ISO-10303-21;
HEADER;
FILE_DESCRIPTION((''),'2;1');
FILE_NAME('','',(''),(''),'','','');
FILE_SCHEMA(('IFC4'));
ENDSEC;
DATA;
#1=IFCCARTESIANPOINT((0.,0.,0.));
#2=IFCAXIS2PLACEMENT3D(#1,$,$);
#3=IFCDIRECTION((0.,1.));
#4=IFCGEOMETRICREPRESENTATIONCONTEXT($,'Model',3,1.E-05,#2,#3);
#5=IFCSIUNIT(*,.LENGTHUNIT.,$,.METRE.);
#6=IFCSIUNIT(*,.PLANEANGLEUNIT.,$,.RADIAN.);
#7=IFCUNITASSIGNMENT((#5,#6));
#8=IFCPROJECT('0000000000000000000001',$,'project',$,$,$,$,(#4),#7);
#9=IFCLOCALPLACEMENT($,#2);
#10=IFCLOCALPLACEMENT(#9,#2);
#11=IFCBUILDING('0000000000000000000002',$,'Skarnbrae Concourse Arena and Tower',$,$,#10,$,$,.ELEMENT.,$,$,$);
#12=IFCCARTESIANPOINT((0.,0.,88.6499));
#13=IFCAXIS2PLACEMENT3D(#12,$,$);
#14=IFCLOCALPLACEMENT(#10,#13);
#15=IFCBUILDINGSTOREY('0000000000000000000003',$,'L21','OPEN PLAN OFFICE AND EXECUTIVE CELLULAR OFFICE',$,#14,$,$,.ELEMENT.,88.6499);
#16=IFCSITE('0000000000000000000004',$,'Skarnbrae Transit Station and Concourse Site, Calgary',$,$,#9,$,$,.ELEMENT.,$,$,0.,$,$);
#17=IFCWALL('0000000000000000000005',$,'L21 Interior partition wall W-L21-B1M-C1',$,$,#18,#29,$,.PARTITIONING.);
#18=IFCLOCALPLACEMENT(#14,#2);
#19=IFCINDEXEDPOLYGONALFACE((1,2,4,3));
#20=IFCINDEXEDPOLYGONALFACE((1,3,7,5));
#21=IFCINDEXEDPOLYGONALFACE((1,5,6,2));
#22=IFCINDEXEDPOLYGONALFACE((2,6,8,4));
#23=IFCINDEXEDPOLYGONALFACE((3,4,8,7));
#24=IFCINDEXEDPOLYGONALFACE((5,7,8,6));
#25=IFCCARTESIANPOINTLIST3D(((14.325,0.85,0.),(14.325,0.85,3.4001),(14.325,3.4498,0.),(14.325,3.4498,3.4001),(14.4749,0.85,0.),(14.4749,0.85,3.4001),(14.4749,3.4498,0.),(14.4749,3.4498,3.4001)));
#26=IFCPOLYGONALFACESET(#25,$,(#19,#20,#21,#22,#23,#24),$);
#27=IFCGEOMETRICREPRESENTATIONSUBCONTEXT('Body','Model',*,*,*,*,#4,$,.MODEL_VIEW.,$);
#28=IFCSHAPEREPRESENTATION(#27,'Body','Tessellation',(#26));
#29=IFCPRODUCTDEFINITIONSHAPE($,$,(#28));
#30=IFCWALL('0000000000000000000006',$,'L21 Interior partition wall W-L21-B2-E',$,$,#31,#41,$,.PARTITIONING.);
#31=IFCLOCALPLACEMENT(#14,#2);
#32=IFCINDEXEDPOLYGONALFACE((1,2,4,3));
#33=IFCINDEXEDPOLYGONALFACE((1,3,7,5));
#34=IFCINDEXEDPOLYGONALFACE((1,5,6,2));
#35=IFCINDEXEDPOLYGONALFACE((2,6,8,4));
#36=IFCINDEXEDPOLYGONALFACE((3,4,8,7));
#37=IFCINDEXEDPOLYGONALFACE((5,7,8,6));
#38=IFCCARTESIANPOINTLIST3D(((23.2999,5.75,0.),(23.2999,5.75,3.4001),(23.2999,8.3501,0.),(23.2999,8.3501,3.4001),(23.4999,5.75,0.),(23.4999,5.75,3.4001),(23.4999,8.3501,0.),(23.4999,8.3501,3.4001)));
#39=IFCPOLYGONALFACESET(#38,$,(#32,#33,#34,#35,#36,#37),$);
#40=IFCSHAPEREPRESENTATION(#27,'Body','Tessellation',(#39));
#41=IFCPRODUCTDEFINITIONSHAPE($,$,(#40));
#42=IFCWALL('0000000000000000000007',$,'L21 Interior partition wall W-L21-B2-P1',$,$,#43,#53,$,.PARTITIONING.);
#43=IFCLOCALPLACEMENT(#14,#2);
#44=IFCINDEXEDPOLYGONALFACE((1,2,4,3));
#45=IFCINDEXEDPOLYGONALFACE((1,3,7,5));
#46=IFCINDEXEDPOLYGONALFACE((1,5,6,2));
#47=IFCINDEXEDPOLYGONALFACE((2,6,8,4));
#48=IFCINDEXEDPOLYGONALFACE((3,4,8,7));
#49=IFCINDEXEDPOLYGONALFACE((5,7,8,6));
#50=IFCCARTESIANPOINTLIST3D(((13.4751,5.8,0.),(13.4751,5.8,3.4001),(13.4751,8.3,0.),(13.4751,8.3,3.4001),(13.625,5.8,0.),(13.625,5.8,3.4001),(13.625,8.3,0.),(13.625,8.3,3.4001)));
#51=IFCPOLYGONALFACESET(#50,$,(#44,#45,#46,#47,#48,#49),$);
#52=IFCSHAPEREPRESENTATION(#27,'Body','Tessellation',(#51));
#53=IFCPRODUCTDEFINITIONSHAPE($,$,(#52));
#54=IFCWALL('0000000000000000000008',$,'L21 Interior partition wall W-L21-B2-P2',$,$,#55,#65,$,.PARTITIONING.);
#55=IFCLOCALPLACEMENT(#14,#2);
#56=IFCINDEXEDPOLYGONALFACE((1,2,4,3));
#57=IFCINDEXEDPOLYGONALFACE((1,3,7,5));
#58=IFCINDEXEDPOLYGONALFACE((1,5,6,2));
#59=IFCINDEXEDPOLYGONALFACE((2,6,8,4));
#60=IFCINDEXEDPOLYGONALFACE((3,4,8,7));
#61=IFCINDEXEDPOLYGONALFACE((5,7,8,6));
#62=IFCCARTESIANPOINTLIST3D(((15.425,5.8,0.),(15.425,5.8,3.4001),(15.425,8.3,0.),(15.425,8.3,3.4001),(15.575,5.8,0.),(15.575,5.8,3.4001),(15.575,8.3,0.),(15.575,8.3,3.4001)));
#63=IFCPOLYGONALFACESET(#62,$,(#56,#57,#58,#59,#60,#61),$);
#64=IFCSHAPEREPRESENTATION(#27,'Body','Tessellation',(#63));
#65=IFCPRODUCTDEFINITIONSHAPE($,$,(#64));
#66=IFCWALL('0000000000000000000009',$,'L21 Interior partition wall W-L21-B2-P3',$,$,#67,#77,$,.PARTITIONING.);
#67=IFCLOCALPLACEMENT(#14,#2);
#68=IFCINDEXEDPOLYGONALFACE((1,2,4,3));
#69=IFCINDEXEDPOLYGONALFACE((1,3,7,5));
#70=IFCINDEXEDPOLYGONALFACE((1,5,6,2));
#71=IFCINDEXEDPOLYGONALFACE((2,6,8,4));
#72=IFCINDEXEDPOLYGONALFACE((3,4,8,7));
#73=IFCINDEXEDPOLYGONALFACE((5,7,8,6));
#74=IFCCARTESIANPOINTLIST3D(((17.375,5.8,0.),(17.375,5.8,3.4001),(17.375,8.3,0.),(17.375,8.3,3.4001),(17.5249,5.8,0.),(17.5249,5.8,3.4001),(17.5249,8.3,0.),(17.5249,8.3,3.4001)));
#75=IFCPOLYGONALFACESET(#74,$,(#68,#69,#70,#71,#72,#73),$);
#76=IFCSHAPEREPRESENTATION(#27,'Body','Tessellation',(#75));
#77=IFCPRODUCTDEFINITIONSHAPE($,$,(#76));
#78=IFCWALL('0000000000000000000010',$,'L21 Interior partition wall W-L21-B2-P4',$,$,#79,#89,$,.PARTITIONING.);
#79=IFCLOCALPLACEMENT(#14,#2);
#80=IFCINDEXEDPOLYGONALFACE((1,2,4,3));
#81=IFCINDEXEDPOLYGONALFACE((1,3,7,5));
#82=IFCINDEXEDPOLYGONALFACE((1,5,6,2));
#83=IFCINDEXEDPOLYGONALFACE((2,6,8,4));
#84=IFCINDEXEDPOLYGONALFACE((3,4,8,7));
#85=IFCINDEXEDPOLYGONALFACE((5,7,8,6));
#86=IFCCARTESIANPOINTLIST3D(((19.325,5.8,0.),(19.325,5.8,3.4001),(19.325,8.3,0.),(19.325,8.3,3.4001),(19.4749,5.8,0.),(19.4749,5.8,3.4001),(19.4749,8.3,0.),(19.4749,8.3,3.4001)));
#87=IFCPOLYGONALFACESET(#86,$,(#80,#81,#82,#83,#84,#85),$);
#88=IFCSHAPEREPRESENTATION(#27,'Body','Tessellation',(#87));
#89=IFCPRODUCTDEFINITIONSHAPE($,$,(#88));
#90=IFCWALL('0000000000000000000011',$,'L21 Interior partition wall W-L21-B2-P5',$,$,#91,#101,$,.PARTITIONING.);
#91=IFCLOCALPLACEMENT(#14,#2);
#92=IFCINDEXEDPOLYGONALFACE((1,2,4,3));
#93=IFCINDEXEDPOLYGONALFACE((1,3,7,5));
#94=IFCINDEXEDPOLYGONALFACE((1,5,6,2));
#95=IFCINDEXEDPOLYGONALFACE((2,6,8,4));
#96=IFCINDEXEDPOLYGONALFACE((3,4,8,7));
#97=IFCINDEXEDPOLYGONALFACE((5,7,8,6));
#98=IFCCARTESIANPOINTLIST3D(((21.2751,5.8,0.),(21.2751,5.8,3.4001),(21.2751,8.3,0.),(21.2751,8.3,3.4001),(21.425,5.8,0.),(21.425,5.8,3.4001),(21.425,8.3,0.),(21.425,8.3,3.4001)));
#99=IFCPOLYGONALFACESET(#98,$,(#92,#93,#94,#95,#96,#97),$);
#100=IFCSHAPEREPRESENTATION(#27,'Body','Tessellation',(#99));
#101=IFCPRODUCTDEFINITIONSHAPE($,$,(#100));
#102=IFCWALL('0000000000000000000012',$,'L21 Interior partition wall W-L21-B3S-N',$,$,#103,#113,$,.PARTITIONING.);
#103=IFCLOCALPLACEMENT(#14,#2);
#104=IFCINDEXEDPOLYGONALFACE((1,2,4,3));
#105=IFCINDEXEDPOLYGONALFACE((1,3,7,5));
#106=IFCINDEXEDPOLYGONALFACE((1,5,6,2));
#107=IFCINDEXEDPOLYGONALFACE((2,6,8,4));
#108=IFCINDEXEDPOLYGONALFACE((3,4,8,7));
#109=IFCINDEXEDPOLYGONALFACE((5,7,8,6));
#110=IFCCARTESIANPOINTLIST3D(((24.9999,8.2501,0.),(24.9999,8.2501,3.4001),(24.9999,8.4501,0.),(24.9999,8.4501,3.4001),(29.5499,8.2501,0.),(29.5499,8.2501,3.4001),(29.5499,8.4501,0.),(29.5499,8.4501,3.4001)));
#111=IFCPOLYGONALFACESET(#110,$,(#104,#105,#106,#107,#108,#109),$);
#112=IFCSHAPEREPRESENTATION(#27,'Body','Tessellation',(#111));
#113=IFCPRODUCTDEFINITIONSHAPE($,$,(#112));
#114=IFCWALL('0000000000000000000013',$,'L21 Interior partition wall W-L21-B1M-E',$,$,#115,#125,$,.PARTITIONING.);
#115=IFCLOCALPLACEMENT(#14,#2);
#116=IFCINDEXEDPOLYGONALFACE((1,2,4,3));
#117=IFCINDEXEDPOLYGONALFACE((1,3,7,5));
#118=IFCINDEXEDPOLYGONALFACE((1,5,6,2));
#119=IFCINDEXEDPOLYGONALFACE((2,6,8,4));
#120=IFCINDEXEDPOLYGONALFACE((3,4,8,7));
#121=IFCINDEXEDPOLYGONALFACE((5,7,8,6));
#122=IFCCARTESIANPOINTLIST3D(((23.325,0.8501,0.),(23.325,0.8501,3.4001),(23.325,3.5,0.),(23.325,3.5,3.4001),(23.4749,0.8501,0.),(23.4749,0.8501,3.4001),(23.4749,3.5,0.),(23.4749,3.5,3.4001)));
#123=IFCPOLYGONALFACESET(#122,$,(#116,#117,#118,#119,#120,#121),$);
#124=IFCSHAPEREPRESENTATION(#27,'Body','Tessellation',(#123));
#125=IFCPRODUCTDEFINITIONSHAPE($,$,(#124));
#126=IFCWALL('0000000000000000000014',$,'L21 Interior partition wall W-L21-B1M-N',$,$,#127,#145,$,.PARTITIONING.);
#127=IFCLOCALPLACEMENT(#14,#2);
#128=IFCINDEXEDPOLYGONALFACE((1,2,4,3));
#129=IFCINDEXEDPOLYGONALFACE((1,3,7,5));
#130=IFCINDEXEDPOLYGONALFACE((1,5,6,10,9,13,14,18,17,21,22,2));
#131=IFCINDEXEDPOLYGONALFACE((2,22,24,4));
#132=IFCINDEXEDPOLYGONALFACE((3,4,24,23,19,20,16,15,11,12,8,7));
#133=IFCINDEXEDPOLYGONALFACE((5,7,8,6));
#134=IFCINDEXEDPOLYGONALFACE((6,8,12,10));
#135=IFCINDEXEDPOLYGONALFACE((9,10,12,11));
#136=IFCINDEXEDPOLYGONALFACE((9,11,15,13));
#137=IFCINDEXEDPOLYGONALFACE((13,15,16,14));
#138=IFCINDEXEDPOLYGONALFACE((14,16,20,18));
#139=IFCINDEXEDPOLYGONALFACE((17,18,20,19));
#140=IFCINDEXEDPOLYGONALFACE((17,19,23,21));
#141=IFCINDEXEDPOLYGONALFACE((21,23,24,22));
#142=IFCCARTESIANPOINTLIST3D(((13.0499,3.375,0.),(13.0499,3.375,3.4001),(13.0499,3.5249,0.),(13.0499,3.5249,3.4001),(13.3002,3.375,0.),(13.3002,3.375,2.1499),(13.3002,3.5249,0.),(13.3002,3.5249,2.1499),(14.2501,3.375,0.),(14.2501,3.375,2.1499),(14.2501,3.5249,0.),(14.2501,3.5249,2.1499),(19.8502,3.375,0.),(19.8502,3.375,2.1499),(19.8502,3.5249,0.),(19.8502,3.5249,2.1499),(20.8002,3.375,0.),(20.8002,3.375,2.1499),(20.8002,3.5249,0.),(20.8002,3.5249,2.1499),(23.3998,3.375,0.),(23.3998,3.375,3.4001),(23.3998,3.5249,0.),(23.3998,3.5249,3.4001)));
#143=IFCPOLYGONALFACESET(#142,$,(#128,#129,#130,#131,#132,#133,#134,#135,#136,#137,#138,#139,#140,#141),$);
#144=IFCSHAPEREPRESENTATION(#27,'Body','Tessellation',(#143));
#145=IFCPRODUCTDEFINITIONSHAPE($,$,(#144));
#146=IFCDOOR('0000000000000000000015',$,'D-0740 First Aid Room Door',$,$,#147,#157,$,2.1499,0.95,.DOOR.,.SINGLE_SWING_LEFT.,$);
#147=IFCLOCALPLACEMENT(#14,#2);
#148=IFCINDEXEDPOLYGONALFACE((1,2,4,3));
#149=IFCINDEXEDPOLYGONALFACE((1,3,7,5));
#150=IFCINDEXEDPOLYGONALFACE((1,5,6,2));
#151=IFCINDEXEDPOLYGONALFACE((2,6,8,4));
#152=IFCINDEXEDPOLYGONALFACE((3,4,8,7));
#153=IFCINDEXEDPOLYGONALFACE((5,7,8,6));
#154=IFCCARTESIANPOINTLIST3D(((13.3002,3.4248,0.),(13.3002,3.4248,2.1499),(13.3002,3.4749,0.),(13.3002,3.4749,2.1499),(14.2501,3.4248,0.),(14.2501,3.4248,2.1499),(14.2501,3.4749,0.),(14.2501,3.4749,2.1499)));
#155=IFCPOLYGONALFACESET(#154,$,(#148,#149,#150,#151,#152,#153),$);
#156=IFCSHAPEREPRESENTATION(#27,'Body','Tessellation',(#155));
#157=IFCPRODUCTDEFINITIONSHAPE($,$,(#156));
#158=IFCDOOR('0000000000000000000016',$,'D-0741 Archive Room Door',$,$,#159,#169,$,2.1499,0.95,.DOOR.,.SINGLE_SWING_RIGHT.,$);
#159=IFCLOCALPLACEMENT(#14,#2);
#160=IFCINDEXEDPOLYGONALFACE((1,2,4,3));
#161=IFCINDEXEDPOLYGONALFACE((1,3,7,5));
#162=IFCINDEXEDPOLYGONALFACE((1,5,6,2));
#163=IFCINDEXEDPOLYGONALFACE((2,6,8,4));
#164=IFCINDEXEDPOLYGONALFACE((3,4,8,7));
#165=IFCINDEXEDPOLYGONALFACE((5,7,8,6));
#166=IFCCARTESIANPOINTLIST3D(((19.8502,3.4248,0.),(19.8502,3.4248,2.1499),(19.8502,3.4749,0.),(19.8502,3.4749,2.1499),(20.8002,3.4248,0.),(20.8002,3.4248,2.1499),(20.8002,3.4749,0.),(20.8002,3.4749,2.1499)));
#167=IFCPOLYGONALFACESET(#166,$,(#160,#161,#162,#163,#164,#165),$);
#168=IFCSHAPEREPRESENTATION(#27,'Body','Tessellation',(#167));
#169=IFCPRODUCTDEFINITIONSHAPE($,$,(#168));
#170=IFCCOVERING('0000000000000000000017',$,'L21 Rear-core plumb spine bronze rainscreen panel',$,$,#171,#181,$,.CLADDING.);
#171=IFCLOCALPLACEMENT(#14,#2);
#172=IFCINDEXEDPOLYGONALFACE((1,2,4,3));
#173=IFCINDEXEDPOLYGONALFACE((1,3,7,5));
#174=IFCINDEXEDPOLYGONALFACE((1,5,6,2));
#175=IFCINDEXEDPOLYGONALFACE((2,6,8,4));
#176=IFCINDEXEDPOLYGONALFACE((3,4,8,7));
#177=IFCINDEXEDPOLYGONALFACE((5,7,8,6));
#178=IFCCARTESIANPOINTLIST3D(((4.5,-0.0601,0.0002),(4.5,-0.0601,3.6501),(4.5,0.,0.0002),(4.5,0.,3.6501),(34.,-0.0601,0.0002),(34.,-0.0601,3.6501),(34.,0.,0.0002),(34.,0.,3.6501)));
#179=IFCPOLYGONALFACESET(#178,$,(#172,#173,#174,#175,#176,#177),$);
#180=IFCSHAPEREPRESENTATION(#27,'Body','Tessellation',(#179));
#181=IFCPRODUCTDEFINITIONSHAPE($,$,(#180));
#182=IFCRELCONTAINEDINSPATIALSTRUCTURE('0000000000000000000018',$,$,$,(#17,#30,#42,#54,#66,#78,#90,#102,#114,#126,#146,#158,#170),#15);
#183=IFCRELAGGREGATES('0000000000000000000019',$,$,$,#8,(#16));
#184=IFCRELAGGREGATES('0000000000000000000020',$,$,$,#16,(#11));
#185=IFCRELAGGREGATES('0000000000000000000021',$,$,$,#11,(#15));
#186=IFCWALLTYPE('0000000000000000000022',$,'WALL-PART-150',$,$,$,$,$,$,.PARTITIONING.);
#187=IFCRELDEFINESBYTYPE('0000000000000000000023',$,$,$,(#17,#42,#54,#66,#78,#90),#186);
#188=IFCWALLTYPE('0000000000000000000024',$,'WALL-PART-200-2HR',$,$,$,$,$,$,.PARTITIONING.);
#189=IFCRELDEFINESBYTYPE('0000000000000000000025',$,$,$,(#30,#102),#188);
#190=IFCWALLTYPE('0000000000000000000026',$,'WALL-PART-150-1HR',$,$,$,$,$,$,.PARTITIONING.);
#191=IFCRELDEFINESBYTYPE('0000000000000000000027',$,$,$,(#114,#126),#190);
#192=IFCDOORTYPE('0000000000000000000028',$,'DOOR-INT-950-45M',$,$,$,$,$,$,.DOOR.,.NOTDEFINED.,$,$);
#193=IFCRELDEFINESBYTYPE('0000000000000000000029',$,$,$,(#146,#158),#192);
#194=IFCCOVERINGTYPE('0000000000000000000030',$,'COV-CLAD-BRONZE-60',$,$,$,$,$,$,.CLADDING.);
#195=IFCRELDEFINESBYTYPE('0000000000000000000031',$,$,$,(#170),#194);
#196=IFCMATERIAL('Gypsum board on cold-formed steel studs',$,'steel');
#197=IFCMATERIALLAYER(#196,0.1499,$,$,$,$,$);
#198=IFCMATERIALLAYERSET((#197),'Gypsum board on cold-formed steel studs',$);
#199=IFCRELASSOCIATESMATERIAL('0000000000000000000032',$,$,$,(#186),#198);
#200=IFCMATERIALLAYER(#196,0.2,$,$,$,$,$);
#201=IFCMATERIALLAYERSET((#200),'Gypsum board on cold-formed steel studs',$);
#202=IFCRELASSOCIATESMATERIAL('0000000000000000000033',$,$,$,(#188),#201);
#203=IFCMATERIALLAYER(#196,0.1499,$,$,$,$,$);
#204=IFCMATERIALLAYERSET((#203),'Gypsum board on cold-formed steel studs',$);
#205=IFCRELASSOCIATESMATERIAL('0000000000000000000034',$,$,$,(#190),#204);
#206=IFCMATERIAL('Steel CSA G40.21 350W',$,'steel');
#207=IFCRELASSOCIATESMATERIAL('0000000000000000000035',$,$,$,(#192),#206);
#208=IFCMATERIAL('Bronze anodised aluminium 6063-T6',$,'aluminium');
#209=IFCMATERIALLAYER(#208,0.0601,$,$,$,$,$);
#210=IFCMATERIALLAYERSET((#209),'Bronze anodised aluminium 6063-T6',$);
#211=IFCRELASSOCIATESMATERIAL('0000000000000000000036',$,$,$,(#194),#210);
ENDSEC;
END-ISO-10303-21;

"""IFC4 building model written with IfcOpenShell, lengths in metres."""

from ifc_helpers import new_model, si_unit, direction, frame, frame_2d, origin, origin_2d, place, context, subcontext, project, spatial, rectangle, extrude, source, transform, mapped, material, layer, layer_set, type_object, element, fill, save


model = new_model("IFC4")

# Units and contexts
model_context = context("Model", 3, precision=1e-05, world=origin(), true_north=direction((0.0, 1.0)))
body_context = subcontext(model_context, "Body", "Model", "MODEL_VIEW")
ifc_project = project(units=[si_unit("LENGTHUNIT", "METRE"), si_unit("PLANEANGLEUNIT", "RADIAN")], contexts=[model_context])

# Site, building, storey
site_placement = place(None, origin())
site = spatial("IfcSite", under=ifc_project, at=site_placement, Name="Skarnbrae Transit Station and Concourse Site, Calgary", CompositionType="ELEMENT", RefElevation=0.0)
building_placement = place(site_placement, origin())
building = spatial("IfcBuilding", under=site, at=building_placement, Name="Skarnbrae Concourse Arena and Tower", CompositionType="ELEMENT")
storey_placement = place(building_placement, frame((0.0, 0.0, 88.6499)))
storey = spatial("IfcBuildingStorey", under=building, at=storey_placement, Name="L21", Description="OPEN PLAN OFFICE AND EXECUTIVE CELLULAR OFFICE", CompositionType="ELEMENT", Elevation=88.6499)

# Walls
ifc_material_1 = material(Name="Gypsum board on cold-formed steel studs", Category="steel")
ifc_layer_1 = layer(ifc_material_1, 0.1499)
ifc_layer_set_1 = layer_set([ifc_layer_1], Name="Gypsum board on cold-formed steel studs")
wall_type_1 = type_object("IfcWallType", Name="WALL-PART-150", PredefinedType="PARTITIONING", material=ifc_layer_set_1)
shared_shape_1 = source(origin(), body_context, "Body", "SweptSolid", [
    extrude(rectangle(XDim=2.5999, YDim=0.1499, at=frame_2d((1.2998, 0.0))), origin(), (0.0, 0.0, 1.0), 3.4001),
])
wall_1_placement = place(storey_placement, frame((14.3999, 0.8501, 0.0), z_axis=(0.0, 0.0, 1.0), x_axis=(0.0, 1.0, 0.0)))
element("IfcWall", 1, at=wall_1_placement, inside=storey, type_object=wall_type_1, Name="L21 Interior partition wall W-L21-B1M-C1", PredefinedType="PARTITIONING", context=body_context, shape_type="MappedRepresentation", body=[
    mapped(shared_shape_1, transform((0.0, 0.0, 0.0))),
])
ifc_layer_2 = layer(ifc_material_1, 0.2)
ifc_layer_set_2 = layer_set([ifc_layer_2], Name="Gypsum board on cold-formed steel studs")
wall_type_2 = type_object("IfcWallType", Name="WALL-PART-200-2HR", PredefinedType="PARTITIONING", material=ifc_layer_set_2)
shared_shape_2 = source(origin(), body_context, "Body", "SweptSolid", [
    extrude(rectangle(XDim=2.6001, YDim=0.2, at=frame_2d((1.3, 0.0))), origin(), (0.0, 0.0, 1.0), 3.4001),
])
wall_2_placement = place(storey_placement, frame((23.3999, 5.75, 0.0), z_axis=(0.0, 0.0, 1.0), x_axis=(0.0, 1.0, 0.0)))
element("IfcWall", 2, at=wall_2_placement, inside=storey, type_object=wall_type_2, Name="L21 Interior partition wall W-L21-B2-E", PredefinedType="PARTITIONING", context=body_context, shape_type="MappedRepresentation", body=[
    mapped(shared_shape_2, transform((0.0, 0.0, 0.0))),
])
shared_shape_3 = source(origin(), body_context, "Body", "SweptSolid", [
    extrude(rectangle(XDim=2.5, YDim=0.1499, at=frame_2d((1.25, 0.0))), origin(), (0.0, 0.0, 1.0), 3.4001),
])
for number, where, z_axis, x_axis, name in (
    (3, (13.55, 5.8, 0.0), (0.0, 0.0, 1.0), (0.0, 1.0, 0.0), "L21 Interior partition wall W-L21-B2-P1"),
    (4, (15.5, 5.8, 0.0), (0.0, 0.0, 1.0), (0.0, 1.0, 0.0), "L21 Interior partition wall W-L21-B2-P2"),
    (5, (17.45, 5.8, 0.0), (0.0, 0.0, 1.0), (0.0, 1.0, 0.0), "L21 Interior partition wall W-L21-B2-P3"),
    (6, (19.3999, 5.8, 0.0), (0.0, 0.0, 1.0), (0.0, 1.0, 0.0), "L21 Interior partition wall W-L21-B2-P4"),
    (7, (21.3501, 5.8, 0.0), (0.0, 0.0, 1.0), (0.0, 1.0, 0.0), "L21 Interior partition wall W-L21-B2-P5"),
):
    element("IfcWall", number, at=place(storey_placement, frame(where, z_axis=z_axis, x_axis=x_axis)), inside=storey, type_object=wall_type_1, Name=name, PredefinedType="PARTITIONING", context=body_context, shape_type="MappedRepresentation", body=[
        mapped(shared_shape_3, transform((0.0, 0.0, 0.0))),
    ])
shared_shape_4 = source(origin(), body_context, "Body", "SweptSolid", [
    extrude(rectangle(XDim=4.55, YDim=0.2, at=frame_2d((2.2749, 0.0))), origin(), (0.0, 0.0, 1.0), 3.4001),
])
wall_3_placement = place(storey_placement, frame((25.0, 8.3501, 0.0), z_axis=(0.0, 0.0, 1.0), x_axis=(1.0, 0.0, 0.0)))
element("IfcWall", 8, at=wall_3_placement, inside=storey, type_object=wall_type_2, Name="L21 Interior partition wall W-L21-B3S-N", PredefinedType="PARTITIONING", context=body_context, shape_type="MappedRepresentation", body=[
    mapped(shared_shape_4, transform((0.0, 0.0, 0.0))),
])
ifc_layer_3 = layer(ifc_material_1, 0.1499)
ifc_layer_set_3 = layer_set([ifc_layer_3], Name="Gypsum board on cold-formed steel studs")
wall_type_3 = type_object("IfcWallType", Name="WALL-PART-150-1HR", PredefinedType="PARTITIONING", material=ifc_layer_set_3)
shared_shape_5 = source(origin(), body_context, "Body", "SweptSolid", [
    extrude(rectangle(XDim=2.6499, YDim=0.1499, at=frame_2d((1.325, 0.0))), origin(), (0.0, 0.0, 1.0), 3.4001),
])
wall_4_placement = place(storey_placement, frame((23.3999, 0.8501, 0.0), z_axis=(0.0, 0.0, 1.0), x_axis=(0.0, 1.0, 0.0)))
element("IfcWall", 9, at=wall_4_placement, inside=storey, type_object=wall_type_3, Name="L21 Interior partition wall W-L21-B1M-E", PredefinedType="PARTITIONING", context=body_context, shape_type="MappedRepresentation", body=[
    mapped(shared_shape_5, transform((0.0, 0.0, 0.0))),
])

# Wall, openings, doors
shared_shape_6 = source(origin(), body_context, "Body", "SweptSolid", [
    extrude(rectangle(XDim=10.3499, YDim=0.1499, at=frame_2d((5.1748, 0.0))), origin(), (0.0, 0.0, 1.0), 3.4001),
])
wall_5_placement = place(storey_placement, frame((13.05, 3.45, 0.0), z_axis=(0.0, 0.0, 1.0), x_axis=(1.0, 0.0, 0.0)))
wall_5 = element("IfcWall", 10, at=wall_5_placement, inside=storey, type_object=wall_type_3, Name="L21 Interior partition wall W-L21-B1M-N", PredefinedType="PARTITIONING", context=body_context, shape_type="MappedRepresentation", body=[
    mapped(shared_shape_6, transform((0.0, 0.0, 0.0))),
])
opening_1_placement = place(wall_5_placement, frame((0.25, 0.0, 0.0)))
opening_1 = element("IfcOpeningElement", 11, at=opening_1_placement, cuts=wall_5, PredefinedType="OPENING", context=body_context, shape_type="SweptSolid", body=[
    extrude(rectangle(XDim=0.95, YDim=2.1499, at=frame_2d((0.4751, 1.075))), frame((0.0, 0.085, 0.0), z_axis=(0.0, -1.0, 0.0), x_axis=(1.0, 0.0, 0.0)), (0.0, 0.0, 1.0), 0.1699),
])
opening_2_placement = place(wall_5_placement, frame((6.8, 0.0, 0.0)))
opening_2 = element("IfcOpeningElement", 12, at=opening_2_placement, cuts=wall_5, PredefinedType="OPENING", context=body_context, shape_type="SweptSolid", body=[
    extrude(rectangle(XDim=0.95, YDim=2.1499, at=frame_2d((0.4751, 1.075))), frame((0.0, 0.085, 0.0), z_axis=(0.0, -1.0, 0.0), x_axis=(1.0, 0.0, 0.0)), (0.0, 0.0, 1.0), 0.1699),
])
ifc_material_2 = material(Name="Steel CSA G40.21 350W", Category="steel")
door_type = type_object("IfcDoorType", Name="DOOR-INT-950-45M", OperationType="NOTDEFINED", PredefinedType="DOOR", material=ifc_material_2)
shared_shape_7 = source(origin(), body_context, "Body", "SweptSolid", [
    extrude(rectangle(XDim=0.95, YDim=2.1499, at=frame_2d((0.4751, 1.075))), frame((0.0, 0.0249, 0.0), z_axis=(0.0, -1.0, 0.0), x_axis=(1.0, 0.0, 0.0)), (0.0, 0.0, 1.0), 0.05),
])
door_1_placement = place(opening_1_placement, origin())
door_1 = element("IfcDoor", 13, at=door_1_placement, inside=storey, type_object=door_type, Name="D-0740 First Aid Room Door", OperationType="SINGLE_SWING_LEFT", OverallHeight=2.1499, OverallWidth=0.95, PredefinedType="DOOR", context=body_context, shape_type="MappedRepresentation", body=[
    mapped(shared_shape_7, transform((0.0, 0.0, 0.0))),
])
fill(opening_1, door_1)
door_2_placement = place(opening_2_placement, origin())
door_2 = element("IfcDoor", 14, at=door_2_placement, inside=storey, type_object=door_type, Name="D-0741 Archive Room Door", OperationType="SINGLE_SWING_RIGHT", OverallHeight=2.1499, OverallWidth=0.95, PredefinedType="DOOR", context=body_context, shape_type="MappedRepresentation", body=[
    mapped(shared_shape_7, transform((0.0, 0.0, 0.0))),
])
fill(opening_2, door_2)

# Covering
ifc_material_3 = material(Name="Bronze anodised aluminium 6063-T6", Category="aluminium")
ifc_layer_4 = layer(ifc_material_3, 0.0601)
ifc_layer_set_4 = layer_set([ifc_layer_4], Name="Bronze anodised aluminium 6063-T6")
covering_type = type_object("IfcCoveringType", Name="COV-CLAD-BRONZE-60", PredefinedType="CLADDING", material=ifc_layer_set_4)
shared_shape_8 = source(origin(), body_context, "Body", "SweptSolid", [
    extrude(rectangle(XDim=29.5, YDim=0.0601, at=origin_2d()), origin(), (0.0, 0.0, 1.0), 3.6499),
])
covering_placement = place(storey_placement, frame((19.25, -0.03, 0.0002), z_axis=(0.0, 0.0, 1.0), x_axis=(1.0, 0.0, 0.0)))
element("IfcCovering", 15, at=covering_placement, inside=storey, type_object=covering_type, Name="L21 Rear-core plumb spine bronze rainscreen panel", PredefinedType="CLADDING", context=body_context, shape_type="MappedRepresentation", body=[
    mapped(shared_shape_8, transform((0.0, 0.0, 0.0))),
])

save(model, "model.ifc")
